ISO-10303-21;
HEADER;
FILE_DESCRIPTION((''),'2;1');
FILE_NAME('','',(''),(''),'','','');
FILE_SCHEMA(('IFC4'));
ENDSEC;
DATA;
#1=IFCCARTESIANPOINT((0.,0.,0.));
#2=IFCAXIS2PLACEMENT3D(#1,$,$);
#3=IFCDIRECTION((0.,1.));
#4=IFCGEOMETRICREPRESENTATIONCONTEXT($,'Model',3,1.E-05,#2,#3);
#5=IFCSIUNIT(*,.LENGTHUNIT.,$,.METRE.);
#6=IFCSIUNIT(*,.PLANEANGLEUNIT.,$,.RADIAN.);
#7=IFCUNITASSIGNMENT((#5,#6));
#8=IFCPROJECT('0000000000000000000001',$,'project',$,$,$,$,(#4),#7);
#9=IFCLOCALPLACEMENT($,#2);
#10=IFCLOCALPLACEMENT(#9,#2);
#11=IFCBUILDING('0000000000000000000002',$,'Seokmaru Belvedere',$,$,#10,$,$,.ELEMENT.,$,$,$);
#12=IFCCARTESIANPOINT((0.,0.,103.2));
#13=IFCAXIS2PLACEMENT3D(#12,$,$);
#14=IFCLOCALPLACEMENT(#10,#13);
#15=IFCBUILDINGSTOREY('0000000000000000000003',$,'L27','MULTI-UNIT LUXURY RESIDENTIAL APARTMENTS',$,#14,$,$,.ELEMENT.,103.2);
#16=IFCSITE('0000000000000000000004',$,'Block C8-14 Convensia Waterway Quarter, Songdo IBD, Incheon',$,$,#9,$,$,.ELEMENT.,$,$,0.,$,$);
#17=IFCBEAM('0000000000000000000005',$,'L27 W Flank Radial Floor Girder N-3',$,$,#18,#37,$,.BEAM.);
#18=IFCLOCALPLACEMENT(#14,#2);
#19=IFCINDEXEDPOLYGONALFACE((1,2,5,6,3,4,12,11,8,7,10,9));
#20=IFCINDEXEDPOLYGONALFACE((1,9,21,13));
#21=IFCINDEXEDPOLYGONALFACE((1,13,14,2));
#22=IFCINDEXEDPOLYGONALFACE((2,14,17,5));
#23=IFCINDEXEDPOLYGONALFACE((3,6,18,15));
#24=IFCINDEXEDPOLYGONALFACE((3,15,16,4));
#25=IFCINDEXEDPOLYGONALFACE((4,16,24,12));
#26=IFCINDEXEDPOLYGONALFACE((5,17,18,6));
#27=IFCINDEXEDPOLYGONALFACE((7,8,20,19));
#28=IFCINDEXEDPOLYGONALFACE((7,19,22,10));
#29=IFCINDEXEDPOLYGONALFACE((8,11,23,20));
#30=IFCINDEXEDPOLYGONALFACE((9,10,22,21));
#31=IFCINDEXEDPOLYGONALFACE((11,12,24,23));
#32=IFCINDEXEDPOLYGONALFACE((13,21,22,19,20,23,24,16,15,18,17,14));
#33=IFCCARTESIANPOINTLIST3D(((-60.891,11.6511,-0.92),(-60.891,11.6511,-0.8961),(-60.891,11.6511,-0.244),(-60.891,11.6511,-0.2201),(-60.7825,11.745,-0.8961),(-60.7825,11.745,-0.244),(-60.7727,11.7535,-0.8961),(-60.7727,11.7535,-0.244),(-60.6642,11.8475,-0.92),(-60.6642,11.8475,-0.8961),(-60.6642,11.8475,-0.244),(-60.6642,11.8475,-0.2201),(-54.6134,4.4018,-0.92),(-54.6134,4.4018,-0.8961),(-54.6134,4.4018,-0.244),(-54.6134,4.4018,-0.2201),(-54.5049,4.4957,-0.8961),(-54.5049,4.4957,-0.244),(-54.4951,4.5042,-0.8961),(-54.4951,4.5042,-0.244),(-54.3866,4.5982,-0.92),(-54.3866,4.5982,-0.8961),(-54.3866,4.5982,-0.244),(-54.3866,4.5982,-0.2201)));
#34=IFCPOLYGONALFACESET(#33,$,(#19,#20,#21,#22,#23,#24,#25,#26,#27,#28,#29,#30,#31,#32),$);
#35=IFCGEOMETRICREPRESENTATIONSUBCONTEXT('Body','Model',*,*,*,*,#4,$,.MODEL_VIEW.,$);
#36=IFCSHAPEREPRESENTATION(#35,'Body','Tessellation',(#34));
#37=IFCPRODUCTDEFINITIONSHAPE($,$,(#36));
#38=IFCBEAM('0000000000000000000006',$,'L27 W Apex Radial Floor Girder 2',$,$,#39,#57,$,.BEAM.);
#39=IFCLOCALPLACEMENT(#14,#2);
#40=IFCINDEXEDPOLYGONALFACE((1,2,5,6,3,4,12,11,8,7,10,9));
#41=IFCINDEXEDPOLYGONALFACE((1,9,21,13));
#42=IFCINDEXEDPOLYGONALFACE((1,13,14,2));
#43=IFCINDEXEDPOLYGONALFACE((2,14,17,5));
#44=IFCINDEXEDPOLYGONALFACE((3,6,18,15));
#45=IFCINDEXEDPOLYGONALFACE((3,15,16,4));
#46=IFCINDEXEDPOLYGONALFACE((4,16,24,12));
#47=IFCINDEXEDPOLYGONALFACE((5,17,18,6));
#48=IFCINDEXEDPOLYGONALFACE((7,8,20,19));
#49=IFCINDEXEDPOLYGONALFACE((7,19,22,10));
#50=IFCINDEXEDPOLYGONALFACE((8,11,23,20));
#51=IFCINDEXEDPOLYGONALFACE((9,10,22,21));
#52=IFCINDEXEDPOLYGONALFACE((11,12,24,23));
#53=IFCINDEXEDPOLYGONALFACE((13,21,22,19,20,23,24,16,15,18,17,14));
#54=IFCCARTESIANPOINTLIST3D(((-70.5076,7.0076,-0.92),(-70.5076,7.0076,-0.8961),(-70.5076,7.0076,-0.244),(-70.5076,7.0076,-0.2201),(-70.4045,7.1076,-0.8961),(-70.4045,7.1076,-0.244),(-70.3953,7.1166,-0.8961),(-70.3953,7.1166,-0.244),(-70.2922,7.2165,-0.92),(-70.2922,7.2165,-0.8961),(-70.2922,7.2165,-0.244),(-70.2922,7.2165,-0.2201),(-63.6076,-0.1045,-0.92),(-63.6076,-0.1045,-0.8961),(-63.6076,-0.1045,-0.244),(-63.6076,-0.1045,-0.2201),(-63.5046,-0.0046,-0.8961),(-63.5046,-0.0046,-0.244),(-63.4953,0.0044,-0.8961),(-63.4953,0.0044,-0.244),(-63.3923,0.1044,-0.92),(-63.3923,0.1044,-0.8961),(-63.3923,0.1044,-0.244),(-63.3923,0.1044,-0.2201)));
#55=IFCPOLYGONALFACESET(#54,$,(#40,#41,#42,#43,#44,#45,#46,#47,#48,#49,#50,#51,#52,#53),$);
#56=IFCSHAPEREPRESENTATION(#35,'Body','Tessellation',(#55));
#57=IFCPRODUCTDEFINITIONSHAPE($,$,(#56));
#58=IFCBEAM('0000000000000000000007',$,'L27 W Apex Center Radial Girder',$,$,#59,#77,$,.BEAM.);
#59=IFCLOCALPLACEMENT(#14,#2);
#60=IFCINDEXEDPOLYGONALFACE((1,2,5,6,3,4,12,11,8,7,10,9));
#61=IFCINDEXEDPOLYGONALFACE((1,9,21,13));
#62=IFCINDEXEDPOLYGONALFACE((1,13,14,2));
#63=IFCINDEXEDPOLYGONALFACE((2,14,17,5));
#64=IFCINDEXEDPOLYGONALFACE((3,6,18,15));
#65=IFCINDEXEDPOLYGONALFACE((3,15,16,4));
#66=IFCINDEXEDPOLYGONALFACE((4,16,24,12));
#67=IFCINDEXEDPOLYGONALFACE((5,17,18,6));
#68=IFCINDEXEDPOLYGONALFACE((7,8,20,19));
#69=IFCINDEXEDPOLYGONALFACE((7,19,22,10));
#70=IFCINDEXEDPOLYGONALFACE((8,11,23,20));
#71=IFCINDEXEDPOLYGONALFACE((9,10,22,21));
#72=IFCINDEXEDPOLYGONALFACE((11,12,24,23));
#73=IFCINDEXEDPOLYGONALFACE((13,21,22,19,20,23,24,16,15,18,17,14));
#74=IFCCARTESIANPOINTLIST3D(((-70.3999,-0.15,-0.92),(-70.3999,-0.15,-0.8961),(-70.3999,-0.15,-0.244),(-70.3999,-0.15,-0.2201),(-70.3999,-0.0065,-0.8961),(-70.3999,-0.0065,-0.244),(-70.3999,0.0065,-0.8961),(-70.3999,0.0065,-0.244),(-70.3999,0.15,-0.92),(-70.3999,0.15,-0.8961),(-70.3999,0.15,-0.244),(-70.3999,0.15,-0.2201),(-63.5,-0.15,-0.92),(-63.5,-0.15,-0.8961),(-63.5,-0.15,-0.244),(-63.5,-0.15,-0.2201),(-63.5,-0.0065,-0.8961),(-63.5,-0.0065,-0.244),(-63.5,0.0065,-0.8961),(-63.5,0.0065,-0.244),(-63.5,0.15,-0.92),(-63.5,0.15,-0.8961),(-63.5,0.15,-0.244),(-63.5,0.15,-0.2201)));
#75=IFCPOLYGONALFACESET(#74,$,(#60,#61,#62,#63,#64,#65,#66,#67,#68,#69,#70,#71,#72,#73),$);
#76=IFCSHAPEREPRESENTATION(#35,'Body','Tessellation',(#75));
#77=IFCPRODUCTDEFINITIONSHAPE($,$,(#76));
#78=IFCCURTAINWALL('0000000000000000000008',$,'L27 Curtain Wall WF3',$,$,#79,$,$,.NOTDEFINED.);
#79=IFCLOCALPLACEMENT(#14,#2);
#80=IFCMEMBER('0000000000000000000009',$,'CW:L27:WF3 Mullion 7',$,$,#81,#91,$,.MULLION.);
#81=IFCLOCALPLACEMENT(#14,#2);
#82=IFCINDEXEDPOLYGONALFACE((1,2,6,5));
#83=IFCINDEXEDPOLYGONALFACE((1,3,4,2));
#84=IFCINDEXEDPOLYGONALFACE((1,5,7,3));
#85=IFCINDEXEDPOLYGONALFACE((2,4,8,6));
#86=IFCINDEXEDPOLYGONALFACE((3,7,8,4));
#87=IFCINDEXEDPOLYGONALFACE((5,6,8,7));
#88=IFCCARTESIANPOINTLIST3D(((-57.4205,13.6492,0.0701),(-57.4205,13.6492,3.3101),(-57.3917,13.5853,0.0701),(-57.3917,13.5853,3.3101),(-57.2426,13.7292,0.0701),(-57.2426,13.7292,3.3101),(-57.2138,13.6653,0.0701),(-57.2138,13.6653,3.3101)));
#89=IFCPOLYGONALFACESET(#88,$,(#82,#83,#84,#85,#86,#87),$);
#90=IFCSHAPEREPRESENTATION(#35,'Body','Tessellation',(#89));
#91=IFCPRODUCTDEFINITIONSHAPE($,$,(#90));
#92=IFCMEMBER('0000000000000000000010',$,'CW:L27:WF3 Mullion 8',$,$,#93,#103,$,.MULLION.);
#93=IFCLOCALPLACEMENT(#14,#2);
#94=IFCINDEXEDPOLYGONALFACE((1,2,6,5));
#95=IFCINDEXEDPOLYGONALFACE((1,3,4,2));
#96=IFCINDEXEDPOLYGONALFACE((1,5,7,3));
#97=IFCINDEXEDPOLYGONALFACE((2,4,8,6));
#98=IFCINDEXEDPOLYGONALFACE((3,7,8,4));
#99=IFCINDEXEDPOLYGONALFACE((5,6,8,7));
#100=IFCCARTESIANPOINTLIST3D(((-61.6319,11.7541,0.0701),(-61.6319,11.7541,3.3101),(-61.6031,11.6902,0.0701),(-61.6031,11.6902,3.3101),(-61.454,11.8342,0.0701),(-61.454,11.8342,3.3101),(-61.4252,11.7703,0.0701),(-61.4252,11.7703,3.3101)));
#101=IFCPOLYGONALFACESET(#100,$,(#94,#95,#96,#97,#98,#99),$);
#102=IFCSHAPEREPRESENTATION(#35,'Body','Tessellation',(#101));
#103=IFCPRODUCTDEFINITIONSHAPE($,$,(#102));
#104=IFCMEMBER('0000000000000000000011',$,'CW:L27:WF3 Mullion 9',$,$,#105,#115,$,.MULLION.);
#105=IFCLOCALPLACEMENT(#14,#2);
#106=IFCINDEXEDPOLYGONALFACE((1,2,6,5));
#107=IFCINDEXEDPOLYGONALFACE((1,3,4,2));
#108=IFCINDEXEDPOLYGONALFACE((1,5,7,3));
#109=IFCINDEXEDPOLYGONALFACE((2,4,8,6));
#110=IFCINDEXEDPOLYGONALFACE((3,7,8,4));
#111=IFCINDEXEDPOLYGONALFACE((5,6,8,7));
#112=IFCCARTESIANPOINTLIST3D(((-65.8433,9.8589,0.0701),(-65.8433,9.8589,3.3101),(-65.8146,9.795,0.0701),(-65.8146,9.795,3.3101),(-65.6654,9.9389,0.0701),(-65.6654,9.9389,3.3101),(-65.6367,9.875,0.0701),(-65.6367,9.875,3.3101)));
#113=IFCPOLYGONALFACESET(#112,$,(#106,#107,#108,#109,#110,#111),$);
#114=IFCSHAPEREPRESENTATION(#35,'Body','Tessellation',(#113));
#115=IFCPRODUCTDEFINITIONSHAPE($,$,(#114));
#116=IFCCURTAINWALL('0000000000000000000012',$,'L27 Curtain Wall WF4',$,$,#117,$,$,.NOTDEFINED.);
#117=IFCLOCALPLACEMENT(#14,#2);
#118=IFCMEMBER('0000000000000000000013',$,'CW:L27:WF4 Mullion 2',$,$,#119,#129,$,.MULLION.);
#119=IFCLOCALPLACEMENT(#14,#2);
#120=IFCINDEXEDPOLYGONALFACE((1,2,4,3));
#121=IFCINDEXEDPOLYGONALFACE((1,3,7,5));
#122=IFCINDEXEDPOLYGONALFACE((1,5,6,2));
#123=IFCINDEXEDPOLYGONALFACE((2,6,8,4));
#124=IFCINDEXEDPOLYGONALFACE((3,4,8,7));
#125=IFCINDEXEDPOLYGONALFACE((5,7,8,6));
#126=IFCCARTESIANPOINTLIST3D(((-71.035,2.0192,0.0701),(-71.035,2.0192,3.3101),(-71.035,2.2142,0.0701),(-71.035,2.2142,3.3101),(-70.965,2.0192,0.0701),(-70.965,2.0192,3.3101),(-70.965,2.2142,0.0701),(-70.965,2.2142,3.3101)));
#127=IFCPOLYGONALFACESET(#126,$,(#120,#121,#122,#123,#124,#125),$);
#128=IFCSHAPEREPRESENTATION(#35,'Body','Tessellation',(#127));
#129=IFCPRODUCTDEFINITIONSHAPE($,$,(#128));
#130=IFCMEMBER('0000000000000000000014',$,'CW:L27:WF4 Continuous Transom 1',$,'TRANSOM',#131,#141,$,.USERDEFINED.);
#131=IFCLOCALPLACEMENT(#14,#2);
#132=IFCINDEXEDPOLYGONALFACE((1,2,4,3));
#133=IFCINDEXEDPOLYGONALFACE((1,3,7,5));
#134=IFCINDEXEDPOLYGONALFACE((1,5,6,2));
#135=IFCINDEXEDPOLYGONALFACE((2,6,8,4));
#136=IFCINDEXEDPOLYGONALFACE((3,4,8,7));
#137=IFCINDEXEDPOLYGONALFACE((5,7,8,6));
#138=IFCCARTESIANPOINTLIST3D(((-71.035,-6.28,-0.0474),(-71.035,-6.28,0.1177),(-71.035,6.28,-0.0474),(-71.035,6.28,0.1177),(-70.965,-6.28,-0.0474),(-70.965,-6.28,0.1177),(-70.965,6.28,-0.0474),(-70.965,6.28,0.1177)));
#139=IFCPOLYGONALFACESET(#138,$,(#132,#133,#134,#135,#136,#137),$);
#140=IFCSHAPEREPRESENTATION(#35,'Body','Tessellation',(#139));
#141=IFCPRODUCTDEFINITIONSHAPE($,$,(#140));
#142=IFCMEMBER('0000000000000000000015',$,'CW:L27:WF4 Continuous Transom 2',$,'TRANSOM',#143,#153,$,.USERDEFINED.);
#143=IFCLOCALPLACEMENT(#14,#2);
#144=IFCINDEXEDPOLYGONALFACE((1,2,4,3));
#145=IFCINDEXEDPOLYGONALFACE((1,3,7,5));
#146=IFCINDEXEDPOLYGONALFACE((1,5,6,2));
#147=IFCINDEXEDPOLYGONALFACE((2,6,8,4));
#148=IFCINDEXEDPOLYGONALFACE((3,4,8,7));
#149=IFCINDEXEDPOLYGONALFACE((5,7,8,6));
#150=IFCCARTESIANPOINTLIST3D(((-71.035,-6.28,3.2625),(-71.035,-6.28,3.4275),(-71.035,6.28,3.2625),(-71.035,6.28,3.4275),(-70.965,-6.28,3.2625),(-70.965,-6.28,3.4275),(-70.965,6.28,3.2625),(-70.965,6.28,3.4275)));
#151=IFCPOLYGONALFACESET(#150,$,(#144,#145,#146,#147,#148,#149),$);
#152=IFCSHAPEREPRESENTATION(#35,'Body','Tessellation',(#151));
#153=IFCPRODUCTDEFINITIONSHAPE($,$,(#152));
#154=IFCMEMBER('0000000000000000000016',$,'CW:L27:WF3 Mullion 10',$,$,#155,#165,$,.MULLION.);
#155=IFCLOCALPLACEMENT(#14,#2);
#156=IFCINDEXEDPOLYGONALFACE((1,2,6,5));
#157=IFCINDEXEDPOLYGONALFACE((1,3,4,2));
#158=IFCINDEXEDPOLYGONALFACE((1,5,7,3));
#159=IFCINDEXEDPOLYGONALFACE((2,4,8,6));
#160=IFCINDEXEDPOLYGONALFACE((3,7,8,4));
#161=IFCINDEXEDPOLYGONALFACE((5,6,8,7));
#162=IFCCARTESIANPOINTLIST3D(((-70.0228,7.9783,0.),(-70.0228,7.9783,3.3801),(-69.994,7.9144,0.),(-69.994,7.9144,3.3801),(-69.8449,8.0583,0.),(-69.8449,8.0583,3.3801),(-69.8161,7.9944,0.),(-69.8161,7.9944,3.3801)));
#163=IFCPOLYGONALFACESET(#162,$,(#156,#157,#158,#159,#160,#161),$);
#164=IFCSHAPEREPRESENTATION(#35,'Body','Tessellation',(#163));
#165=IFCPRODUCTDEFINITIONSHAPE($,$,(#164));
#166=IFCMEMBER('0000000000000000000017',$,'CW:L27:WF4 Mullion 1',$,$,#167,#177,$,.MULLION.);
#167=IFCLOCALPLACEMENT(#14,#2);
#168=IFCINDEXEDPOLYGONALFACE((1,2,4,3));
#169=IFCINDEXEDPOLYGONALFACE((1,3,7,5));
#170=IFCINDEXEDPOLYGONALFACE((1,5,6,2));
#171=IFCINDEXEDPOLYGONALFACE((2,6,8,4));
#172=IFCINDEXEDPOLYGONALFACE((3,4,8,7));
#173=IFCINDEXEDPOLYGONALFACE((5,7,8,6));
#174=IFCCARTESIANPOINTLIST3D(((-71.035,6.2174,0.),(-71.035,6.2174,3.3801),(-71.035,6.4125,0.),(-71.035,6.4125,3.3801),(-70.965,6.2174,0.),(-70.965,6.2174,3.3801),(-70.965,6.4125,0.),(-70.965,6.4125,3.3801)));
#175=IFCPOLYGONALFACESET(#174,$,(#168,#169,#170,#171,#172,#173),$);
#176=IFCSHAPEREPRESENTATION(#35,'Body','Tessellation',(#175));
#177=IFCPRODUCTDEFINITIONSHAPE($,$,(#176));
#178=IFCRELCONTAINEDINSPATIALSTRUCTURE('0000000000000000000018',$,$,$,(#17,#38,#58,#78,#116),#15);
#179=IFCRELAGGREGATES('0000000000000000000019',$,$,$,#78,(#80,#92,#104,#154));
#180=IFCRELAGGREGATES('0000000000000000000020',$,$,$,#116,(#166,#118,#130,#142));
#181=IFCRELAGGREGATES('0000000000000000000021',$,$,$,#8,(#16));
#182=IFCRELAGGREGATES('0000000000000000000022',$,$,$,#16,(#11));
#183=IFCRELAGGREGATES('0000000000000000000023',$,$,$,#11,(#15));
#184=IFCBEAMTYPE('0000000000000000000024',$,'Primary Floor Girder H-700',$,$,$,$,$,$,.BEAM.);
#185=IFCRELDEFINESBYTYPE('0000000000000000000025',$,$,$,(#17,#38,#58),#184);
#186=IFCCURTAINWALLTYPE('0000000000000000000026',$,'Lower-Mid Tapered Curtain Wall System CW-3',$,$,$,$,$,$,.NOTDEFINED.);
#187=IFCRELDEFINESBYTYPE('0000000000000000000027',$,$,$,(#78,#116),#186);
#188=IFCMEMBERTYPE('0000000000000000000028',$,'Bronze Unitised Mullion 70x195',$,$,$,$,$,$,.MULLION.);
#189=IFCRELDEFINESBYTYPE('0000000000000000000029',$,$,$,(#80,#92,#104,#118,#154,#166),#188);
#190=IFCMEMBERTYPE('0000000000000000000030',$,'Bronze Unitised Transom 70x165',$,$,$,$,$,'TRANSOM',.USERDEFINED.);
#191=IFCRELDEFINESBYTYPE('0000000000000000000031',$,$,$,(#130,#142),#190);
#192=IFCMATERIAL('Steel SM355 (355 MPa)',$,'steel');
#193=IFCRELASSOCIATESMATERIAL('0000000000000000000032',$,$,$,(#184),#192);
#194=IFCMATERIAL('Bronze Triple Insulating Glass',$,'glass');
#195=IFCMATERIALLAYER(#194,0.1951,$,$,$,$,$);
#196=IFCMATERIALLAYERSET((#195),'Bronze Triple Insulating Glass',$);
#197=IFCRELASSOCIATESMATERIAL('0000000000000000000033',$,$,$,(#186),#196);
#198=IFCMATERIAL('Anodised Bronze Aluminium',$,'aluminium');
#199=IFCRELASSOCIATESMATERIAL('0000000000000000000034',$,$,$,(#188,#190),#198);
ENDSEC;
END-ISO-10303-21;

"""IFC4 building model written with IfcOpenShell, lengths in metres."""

from ifc_helpers import new_model, si_unit, direction, frame, origin, origin_2d, place, context, subcontext, project, spatial, rectangle, i_section, extrude, source, transform, mapped, material, layer, layer_set, material_profile, profile_set, type_object, type_shapes, element, aggregate, save


model = new_model("IFC4")

# Units and contexts
model_context = context("Model", 3, precision=1e-05, world=origin(), true_north=direction((0.0, 1.0)))
body_context = subcontext(model_context, "Body", "Model", "MODEL_VIEW")
ifc_project = project(units=[si_unit("LENGTHUNIT", "METRE"), si_unit("PLANEANGLEUNIT", "RADIAN")], contexts=[model_context])

# Site, building, storey
site_placement = place(None, origin())
site = spatial("IfcSite", under=ifc_project, at=site_placement, Name="Block C8-14 Convensia Waterway Quarter, Songdo IBD, Incheon", CompositionType="ELEMENT", RefElevation=0.0)
building_placement = place(site_placement, origin())
building = spatial("IfcBuilding", under=site, at=building_placement, Name="Seokmaru Belvedere", CompositionType="ELEMENT")
storey_placement = place(building_placement, frame((0.0, 0.0, 103.2)))
storey = spatial("IfcBuildingStorey", under=building, at=storey_placement, Name="L27", Description="MULTI-UNIT LUXURY RESIDENTIAL APARTMENTS", CompositionType="ELEMENT", Elevation=103.2)

# Shared definitions
ifc_material_1 = material(Name="Steel SM355 (355 MPa)", Category="steel")

# Beams
ifc_material_profile_1 = material_profile(ifc_material_1, i_section(OverallWidth=0.3, OverallDepth=0.7, WebThickness=0.0129, FlangeThickness=0.0239, at=origin_2d()), Name="H-700x300x13x24")
ifc_profile_set_1 = profile_set([ifc_material_profile_1], Name="Steel SM355 (355 MPa)")
beam_type_1 = type_object("IfcBeamType", Name="Primary Floor Girder H-700", PredefinedType="BEAM", material=ifc_profile_set_1)
shared_shape_1 = source(origin(), body_context, "Body", "SweptSolid", [
    extrude(i_section(OverallWidth=0.3, OverallDepth=0.7, WebThickness=0.0129, FlangeThickness=0.0239, at=origin_2d()), origin(), (0.0, 0.0, 1.0), 9.5896),
])
beam_1_placement = place(storey_placement, frame((-60.7776, 11.7493, -0.5701), z_axis=(0.654626, -0.755953, 0.0), x_axis=(0.755953, 0.654626, 0.0)))
element("IfcBeam", 1, at=beam_1_placement, inside=storey, type_object=beam_type_1, Name="L27 W Flank Radial Floor Girder N-3", PredefinedType="BEAM", context=body_context, shape_type="MappedRepresentation", body=[
    mapped(shared_shape_1, transform((0.0, 0.0, 0.0), scale=1.0)),
])
shared_shape_2 = source(origin(), body_context, "Body", "SweptSolid", [
    extrude(i_section(OverallWidth=0.3, OverallDepth=0.7, WebThickness=0.0129, FlangeThickness=0.0239, at=origin_2d()), origin(), (0.0, 0.0, 1.0), 9.9092),
])
beam_2_placement = place(storey_placement, frame((-70.3999, 7.1121, -0.5701), z_axis=(0.696321, -0.717731, 0.0), x_axis=(0.717731, 0.696321, 0.0)))
element("IfcBeam", 2, at=beam_2_placement, inside=storey, type_object=beam_type_1, Name="L27 W Apex Radial Floor Girder 2", PredefinedType="BEAM", context=body_context, shape_type="MappedRepresentation", body=[
    mapped(shared_shape_2, transform((0.0, 0.0, 0.0), scale=1.0)),
])
shared_shape_3 = source(origin(), body_context, "Body", "SweptSolid", [
    extrude(i_section(OverallWidth=0.3, OverallDepth=0.7, WebThickness=0.0129, FlangeThickness=0.0239, at=origin_2d()), origin(), (0.0, 0.0, 1.0), 6.8999),
])
beam_3_placement = place(storey_placement, frame((-70.3999, 0.0, -0.5701), z_axis=(1.0, 0.0, 0.0), x_axis=(0.0, 1.0, 0.0)))
element("IfcBeam", 3, at=beam_3_placement, inside=storey, type_object=beam_type_1, Name="L27 W Apex Center Radial Girder", PredefinedType="BEAM", context=body_context, shape_type="MappedRepresentation", body=[
    mapped(shared_shape_3, transform((0.0, 0.0, 0.0), scale=1.0)),
])

# Curtain walls, members
ifc_material_2 = material(Name="Bronze Triple Insulating Glass", Category="glass")
ifc_layer_1 = layer(ifc_material_2, 0.1951)
ifc_layer_set_1 = layer_set([ifc_layer_1], Name="Bronze Triple Insulating Glass")
curtain_wall_type = type_object("IfcCurtainWallType", Name="Lower-Mid Tapered Curtain Wall System CW-3", PredefinedType="NOTDEFINED", material=ifc_layer_set_1)
curtain_wall_1_placement = place(storey_placement, origin())
curtain_wall_1 = element("IfcCurtainWall", 4, at=curtain_wall_1_placement, inside=storey, type_object=curtain_wall_type, Name="L27 Curtain Wall WF3", PredefinedType="NOTDEFINED")
ifc_material_3 = material(Name="Anodised Bronze Aluminium", Category="aluminium")
ifc_material_profile_2 = material_profile(ifc_material_3, rectangle(XDim=0.0701, YDim=0.1951, at=origin_2d()), Name="CW-M-70x195")
ifc_profile_set_2 = profile_set([ifc_material_profile_2], Name="Anodised Bronze Aluminium")
member_type_1 = type_object("IfcMemberType", Name="Bronze Unitised Mullion 70x195", PredefinedType="MULLION", material=ifc_profile_set_2)
shared_shape_4 = source(origin(), body_context, "Body", "SweptSolid", [
    extrude(rectangle(XDim=0.0701, YDim=0.1951, at=origin_2d()), origin(), (0.0, 0.0, 1.0), 3.24),
])
member_1_placement = place(storey_placement, frame((-57.3171, 13.6572, 0.0701), z_axis=(0.0, 0.0, 1.0), x_axis=(0.410366, -0.911921, 0.0)))
member_1 = element("IfcMember", 5, at=member_1_placement, type_object=member_type_1, Name="CW:L27:WF3 Mullion 7", PredefinedType="MULLION", context=body_context, shape_type="MappedRepresentation", body=[
    mapped(shared_shape_4, transform((0.0, 0.0, 0.0), scale=1.0)),
])
member_2_placement = place(storey_placement, frame((-61.5286, 11.7622, 0.0701), z_axis=(0.0, 0.0, 1.0), x_axis=(0.410366, -0.911921, 0.0)))
member_2 = element("IfcMember", 6, at=member_2_placement, type_object=member_type_1, Name="CW:L27:WF3 Mullion 8", PredefinedType="MULLION", context=body_context, shape_type="MappedRepresentation", body=[
    mapped(shared_shape_4, transform((0.0, 0.0, 0.0), scale=1.0)),
])
member_3_placement = place(storey_placement, frame((-65.74, 9.8669, 0.0701), z_axis=(0.0, 0.0, 1.0), x_axis=(0.410366, -0.911921, 0.0)))
member_3 = element("IfcMember", 7, at=member_3_placement, type_object=member_type_1, Name="CW:L27:WF3 Mullion 9", PredefinedType="MULLION", context=body_context, shape_type="MappedRepresentation", body=[
    mapped(shared_shape_4, transform((0.0, 0.0, 0.0), scale=1.0)),
])
curtain_wall_2_placement = place(storey_placement, origin())
curtain_wall_2 = element("IfcCurtainWall", 8, at=curtain_wall_2_placement, inside=storey, type_object=curtain_wall_type, Name="L27 Curtain Wall WF4", PredefinedType="NOTDEFINED")
member_4_placement = place(storey_placement, frame((-71.0, 2.1167, 0.0701), z_axis=(0.0, 0.0, 1.0), x_axis=(1.0, 0.0, 0.0)))
member_4 = element("IfcMember", 9, at=member_4_placement, type_object=member_type_1, Name="CW:L27:WF4 Mullion 2", PredefinedType="MULLION", context=body_context, shape_type="MappedRepresentation", body=[
    mapped(shared_shape_4, transform((0.0, 0.0, 0.0), scale=1.0)),
])
ifc_material_profile_3 = material_profile(ifc_material_3, rectangle(XDim=0.0701, YDim=0.165, at=origin_2d()), Name="CW-T-70x165")
ifc_profile_set_3 = profile_set([ifc_material_profile_3], Name="Anodised Bronze Aluminium")
member_type_2 = type_object("IfcMemberType", Name="Bronze Unitised Transom 70x165", ElementType="TRANSOM", PredefinedType="USERDEFINED", material=ifc_profile_set_3)
shared_shape_5 = source(origin(), body_context, "Body", "SweptSolid", [
    extrude(rectangle(XDim=0.0701, YDim=0.165, at=origin_2d()), origin(), (0.0, 0.0, 1.0), 12.5601),
])
type_shapes(member_type_2, [shared_shape_5])
member_5_placement = place(storey_placement, frame((-71.0, 6.28, 0.0352), z_axis=(0.0, -1.0, 0.0), x_axis=(1.0, 0.0, 0.0)))
member_5 = element("IfcMember", 10, at=member_5_placement, type_object=member_type_2, Name="CW:L27:WF4 Continuous Transom 1", ObjectType="TRANSOM", PredefinedType="USERDEFINED", context=body_context, shape_type="MappedRepresentation", body=[
    mapped(shared_shape_5, transform((0.0, 0.0, 0.0), scale=1.0)),
])
member_6_placement = place(storey_placement, frame((-71.0, 6.28, 3.345), z_axis=(0.0, -1.0, 0.0), x_axis=(1.0, 0.0, 0.0)))
member_6 = element("IfcMember", 11, at=member_6_placement, type_object=member_type_2, Name="CW:L27:WF4 Continuous Transom 2", ObjectType="TRANSOM", PredefinedType="USERDEFINED", context=body_context, shape_type="MappedRepresentation", body=[
    mapped(shared_shape_5, transform((0.0, 0.0, 0.0), scale=1.0)),
])

# Members
shared_shape_6 = source(origin(), body_context, "Body", "SweptSolid", [
    extrude(rectangle(XDim=0.0701, YDim=0.1951, at=origin_2d()), origin(), (0.0, 0.0, 1.0), 3.3801),
])
type_shapes(member_type_1, [shared_shape_4, shared_shape_6])
member_7_placement = place(storey_placement, frame((-69.9194, 7.9863, 0.0), z_axis=(0.0, 0.0, 1.0), x_axis=(0.410366, -0.911921, 0.0)))
member_7 = element("IfcMember", 12, at=member_7_placement, type_object=member_type_1, Name="CW:L27:WF3 Mullion 10", PredefinedType="MULLION", context=body_context, shape_type="MappedRepresentation", body=[
    mapped(shared_shape_6, transform((0.0, 0.0, 0.0), scale=1.0)),
])
member_8_placement = place(storey_placement, frame((-71.0, 6.3149, 0.0), z_axis=(0.0, 0.0, 1.0), x_axis=(1.0, 0.0, 0.0)))
member_8 = element("IfcMember", 13, at=member_8_placement, type_object=member_type_1, Name="CW:L27:WF4 Mullion 1", PredefinedType="MULLION", context=body_context, shape_type="MappedRepresentation", body=[
    mapped(shared_shape_6, transform((0.0, 0.0, 0.0), scale=1.0)),
])

aggregate(curtain_wall_1, [member_1, member_2, member_3, member_7])
aggregate(curtain_wall_2, [member_8, member_4, member_5, member_6])

save(model, "model.ifc")
